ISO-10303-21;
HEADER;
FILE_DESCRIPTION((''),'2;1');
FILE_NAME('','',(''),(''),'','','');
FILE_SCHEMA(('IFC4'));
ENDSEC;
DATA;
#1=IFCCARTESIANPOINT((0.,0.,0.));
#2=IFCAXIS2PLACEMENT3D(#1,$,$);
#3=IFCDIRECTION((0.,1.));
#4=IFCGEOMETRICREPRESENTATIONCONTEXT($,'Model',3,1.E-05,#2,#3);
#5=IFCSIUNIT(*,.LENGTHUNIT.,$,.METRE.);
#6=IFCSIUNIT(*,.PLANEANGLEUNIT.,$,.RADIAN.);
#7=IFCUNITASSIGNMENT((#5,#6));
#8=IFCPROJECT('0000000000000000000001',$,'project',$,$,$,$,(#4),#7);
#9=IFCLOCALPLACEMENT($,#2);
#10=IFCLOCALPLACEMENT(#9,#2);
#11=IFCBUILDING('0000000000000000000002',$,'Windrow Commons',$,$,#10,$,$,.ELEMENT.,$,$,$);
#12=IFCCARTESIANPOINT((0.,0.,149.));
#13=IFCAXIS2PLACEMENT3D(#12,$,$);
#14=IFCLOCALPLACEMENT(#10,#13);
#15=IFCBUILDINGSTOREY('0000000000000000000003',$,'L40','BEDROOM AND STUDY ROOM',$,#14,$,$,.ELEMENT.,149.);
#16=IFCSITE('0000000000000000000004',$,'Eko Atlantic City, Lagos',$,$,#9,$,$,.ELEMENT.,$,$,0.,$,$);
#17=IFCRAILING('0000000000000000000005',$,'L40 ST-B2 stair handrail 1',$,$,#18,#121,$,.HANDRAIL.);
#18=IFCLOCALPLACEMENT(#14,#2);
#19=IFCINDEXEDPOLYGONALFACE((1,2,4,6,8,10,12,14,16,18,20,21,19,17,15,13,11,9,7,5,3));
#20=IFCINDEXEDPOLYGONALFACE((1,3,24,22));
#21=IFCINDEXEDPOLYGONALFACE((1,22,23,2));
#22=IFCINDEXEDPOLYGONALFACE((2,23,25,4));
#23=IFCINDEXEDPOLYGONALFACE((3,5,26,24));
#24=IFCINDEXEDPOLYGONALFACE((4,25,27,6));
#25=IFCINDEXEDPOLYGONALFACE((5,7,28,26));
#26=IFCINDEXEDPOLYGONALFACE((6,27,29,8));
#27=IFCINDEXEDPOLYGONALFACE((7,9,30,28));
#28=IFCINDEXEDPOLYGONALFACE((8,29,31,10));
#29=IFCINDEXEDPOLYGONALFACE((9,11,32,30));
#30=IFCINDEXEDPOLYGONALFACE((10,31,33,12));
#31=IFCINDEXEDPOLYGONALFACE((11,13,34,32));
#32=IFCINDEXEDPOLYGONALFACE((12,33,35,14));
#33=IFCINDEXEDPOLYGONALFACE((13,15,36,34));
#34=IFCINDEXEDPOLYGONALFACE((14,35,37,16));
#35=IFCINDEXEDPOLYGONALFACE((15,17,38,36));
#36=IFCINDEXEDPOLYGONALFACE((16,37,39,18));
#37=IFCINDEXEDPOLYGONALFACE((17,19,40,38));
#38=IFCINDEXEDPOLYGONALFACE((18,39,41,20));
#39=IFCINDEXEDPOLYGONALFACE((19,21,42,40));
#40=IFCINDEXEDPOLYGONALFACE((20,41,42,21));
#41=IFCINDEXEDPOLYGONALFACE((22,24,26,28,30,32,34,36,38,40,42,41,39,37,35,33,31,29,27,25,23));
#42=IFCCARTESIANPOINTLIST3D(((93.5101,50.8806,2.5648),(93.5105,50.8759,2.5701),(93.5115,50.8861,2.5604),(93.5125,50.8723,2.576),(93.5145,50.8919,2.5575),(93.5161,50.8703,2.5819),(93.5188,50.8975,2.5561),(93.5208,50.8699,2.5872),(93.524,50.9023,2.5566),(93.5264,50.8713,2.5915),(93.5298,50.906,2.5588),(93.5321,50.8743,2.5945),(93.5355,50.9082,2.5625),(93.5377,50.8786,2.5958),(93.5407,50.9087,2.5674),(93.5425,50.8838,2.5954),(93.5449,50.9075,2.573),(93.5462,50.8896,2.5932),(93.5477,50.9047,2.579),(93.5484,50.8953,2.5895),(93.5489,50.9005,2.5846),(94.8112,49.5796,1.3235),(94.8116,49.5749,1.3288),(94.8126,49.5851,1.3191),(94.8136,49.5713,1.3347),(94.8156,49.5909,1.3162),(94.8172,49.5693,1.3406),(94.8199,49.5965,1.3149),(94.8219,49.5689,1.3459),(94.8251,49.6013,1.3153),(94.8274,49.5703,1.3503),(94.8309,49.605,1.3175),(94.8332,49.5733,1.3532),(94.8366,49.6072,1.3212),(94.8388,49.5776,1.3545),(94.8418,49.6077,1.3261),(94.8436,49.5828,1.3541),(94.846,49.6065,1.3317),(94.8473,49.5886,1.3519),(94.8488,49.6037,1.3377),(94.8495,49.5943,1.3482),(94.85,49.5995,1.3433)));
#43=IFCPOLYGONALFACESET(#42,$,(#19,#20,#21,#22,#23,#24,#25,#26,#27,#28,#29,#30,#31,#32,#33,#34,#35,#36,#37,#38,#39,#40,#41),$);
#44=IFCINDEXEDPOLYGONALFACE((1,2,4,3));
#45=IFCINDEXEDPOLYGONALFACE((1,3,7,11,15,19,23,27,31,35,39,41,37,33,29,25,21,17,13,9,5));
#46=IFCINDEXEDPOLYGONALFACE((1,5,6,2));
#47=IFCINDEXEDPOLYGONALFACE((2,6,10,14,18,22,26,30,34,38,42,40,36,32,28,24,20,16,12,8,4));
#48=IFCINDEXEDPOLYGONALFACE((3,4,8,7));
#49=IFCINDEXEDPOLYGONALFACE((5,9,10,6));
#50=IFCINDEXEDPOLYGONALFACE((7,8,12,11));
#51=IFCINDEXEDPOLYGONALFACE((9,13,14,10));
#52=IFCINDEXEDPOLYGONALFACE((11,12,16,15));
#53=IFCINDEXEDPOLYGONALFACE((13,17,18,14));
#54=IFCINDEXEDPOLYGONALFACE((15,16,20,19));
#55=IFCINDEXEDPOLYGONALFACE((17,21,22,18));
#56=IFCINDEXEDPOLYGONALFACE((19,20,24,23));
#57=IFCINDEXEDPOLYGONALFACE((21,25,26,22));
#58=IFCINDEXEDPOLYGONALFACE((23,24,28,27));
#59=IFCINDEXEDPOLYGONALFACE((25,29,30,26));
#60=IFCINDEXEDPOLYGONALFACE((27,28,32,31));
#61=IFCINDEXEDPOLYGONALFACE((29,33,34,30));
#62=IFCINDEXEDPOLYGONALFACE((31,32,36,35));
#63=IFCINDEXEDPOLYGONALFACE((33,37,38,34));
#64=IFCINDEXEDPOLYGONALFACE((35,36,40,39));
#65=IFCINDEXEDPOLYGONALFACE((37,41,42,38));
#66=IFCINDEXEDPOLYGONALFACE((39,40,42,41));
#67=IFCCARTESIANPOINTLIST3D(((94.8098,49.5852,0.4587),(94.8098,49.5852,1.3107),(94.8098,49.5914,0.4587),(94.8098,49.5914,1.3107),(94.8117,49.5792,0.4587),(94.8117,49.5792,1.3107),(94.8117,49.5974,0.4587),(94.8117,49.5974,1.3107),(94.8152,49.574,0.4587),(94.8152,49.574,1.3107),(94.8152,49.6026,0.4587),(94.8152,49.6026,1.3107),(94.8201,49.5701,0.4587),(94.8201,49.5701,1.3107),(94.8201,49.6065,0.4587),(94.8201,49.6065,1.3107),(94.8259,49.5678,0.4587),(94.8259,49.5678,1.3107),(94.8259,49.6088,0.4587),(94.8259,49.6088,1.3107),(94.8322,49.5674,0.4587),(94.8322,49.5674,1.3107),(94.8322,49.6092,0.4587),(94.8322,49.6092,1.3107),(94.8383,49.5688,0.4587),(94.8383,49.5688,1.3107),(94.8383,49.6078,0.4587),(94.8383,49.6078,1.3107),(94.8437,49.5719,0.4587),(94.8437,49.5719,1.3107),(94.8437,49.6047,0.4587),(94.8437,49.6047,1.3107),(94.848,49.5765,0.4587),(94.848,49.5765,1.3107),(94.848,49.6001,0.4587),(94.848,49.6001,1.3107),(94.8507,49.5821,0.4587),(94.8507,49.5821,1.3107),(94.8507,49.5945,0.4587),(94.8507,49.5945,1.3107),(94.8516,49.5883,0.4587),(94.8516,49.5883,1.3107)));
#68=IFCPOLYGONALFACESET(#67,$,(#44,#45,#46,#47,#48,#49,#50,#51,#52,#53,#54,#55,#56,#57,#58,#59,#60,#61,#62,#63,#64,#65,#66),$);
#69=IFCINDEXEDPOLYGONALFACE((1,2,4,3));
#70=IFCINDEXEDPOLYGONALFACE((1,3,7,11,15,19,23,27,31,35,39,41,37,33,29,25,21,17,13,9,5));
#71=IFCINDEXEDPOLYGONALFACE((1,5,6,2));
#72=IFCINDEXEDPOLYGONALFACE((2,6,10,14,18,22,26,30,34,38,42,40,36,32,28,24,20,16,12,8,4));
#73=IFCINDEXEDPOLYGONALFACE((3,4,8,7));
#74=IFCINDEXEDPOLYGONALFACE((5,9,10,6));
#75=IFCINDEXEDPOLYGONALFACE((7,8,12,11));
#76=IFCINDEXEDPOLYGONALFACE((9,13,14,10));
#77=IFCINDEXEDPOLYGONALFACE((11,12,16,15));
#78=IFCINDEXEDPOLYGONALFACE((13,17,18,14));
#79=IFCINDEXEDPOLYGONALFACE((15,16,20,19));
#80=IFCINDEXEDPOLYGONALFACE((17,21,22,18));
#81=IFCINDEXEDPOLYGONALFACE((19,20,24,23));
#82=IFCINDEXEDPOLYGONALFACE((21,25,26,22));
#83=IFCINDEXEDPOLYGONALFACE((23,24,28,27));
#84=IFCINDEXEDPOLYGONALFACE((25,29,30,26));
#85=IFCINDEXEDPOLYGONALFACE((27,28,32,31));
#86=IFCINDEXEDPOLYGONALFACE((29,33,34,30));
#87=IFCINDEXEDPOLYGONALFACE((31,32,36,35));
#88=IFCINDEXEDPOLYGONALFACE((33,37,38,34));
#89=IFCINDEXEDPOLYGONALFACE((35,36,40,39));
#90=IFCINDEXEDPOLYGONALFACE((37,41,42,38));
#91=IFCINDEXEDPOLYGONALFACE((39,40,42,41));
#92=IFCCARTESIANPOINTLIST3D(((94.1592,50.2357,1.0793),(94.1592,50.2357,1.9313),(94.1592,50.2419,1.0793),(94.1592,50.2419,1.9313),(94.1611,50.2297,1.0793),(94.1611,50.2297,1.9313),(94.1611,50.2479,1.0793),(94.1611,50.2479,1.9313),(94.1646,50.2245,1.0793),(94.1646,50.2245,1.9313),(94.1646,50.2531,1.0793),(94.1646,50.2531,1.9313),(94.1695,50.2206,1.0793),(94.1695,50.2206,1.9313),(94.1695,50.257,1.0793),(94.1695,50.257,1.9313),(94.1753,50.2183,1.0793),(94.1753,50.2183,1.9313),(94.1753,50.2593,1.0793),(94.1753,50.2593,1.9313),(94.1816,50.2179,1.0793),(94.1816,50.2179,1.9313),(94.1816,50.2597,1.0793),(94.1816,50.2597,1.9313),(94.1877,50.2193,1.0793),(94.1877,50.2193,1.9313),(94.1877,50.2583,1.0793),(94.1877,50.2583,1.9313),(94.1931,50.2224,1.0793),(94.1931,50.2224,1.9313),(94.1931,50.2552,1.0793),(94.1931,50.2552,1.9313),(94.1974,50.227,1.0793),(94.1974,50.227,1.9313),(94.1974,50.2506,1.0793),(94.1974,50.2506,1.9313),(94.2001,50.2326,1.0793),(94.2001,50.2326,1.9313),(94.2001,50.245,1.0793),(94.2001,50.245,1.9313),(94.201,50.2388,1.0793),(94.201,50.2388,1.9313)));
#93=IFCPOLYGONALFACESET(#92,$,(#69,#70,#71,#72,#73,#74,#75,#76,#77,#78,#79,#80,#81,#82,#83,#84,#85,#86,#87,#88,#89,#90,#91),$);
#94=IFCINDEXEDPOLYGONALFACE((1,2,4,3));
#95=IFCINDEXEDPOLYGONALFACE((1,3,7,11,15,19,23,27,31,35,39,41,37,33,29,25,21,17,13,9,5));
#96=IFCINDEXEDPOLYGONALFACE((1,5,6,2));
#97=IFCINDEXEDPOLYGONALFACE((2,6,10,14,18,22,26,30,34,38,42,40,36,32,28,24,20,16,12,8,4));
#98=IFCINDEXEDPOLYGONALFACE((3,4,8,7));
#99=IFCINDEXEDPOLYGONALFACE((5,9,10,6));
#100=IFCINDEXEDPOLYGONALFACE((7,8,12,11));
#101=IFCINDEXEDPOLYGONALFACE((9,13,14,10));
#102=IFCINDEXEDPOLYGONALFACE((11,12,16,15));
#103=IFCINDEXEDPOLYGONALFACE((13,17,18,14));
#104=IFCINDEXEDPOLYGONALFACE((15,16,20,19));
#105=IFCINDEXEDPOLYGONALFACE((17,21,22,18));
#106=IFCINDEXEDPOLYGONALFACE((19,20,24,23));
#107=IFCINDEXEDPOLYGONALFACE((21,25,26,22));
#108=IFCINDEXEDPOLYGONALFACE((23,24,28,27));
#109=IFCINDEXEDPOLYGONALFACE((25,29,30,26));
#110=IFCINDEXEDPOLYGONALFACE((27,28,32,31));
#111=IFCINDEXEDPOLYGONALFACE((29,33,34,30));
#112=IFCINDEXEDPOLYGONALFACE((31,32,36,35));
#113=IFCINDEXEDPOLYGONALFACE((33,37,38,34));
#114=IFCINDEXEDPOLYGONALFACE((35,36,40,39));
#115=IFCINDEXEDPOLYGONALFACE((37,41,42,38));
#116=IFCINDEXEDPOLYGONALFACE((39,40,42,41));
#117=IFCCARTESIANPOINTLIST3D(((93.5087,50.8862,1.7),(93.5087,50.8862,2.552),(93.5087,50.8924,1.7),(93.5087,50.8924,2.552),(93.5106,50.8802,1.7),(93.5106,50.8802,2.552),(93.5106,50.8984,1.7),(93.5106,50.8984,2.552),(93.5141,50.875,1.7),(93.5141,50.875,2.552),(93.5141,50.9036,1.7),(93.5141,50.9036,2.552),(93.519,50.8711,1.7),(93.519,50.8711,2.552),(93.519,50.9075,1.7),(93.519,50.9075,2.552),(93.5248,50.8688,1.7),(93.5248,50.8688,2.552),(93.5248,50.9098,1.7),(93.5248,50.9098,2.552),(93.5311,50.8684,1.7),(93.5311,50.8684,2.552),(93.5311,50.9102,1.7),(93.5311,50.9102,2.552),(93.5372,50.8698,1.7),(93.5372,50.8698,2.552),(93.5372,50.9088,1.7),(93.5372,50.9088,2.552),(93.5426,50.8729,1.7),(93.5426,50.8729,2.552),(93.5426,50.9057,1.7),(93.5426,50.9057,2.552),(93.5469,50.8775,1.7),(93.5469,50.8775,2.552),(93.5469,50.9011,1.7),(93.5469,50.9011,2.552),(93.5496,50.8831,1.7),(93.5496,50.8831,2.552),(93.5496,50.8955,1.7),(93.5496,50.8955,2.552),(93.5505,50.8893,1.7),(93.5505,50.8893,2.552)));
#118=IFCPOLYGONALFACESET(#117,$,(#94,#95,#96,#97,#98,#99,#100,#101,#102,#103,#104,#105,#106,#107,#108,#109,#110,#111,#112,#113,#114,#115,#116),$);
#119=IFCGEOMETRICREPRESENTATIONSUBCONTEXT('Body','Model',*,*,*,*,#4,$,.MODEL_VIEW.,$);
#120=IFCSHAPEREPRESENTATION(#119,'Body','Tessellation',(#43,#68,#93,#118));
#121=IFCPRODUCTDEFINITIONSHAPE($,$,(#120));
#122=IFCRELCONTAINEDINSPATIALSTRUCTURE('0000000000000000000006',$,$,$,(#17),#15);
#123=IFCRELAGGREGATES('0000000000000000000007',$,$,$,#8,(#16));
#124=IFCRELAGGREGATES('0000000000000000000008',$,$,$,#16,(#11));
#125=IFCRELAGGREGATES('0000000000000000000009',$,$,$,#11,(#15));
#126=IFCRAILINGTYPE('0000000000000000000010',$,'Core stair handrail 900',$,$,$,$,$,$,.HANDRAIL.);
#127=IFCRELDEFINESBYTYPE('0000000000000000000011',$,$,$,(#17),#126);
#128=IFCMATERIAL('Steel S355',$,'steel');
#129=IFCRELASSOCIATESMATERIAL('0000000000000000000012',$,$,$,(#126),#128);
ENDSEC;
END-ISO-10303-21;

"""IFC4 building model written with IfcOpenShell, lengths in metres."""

from ifc_helpers import new_model, si_unit, direction, frame, origin, origin_2d, place, context, subcontext, project, spatial, circle, extrude, material, type_object, element, save


model = new_model("IFC4")

# Units and contexts
model_context = context("Model", 3, precision=1e-05, world=origin(), true_north=direction((0.0, 1.0)))
body_context = subcontext(model_context, "Body", "Model", "MODEL_VIEW")
ifc_project = project(units=[si_unit("LENGTHUNIT", "METRE"), si_unit("PLANEANGLEUNIT", "RADIAN")], contexts=[model_context])

# Site, building, storey
site_placement = place(None, origin())
site = spatial("IfcSite", under=ifc_project, at=site_placement, Name="Eko Atlantic City, Lagos", CompositionType="ELEMENT", RefElevation=0.0)
building_placement = place(site_placement, origin())
building = spatial("IfcBuilding", under=site, at=building_placement, Name="Windrow Commons", CompositionType="ELEMENT")
storey_placement = place(building_placement, frame((0.0, 0.0, 149.0)))
storey = spatial("IfcBuildingStorey", under=building, at=storey_placement, Name="L40", Description="BEDROOM AND STUDY ROOM", CompositionType="ELEMENT", Elevation=149.0)

# Railing
ifc_material_1 = material(Name="Steel S355", Category="steel")
railing_type_1 = type_object("IfcRailingType", Name="Core stair handrail 900", PredefinedType="HANDRAIL", material=ifc_material_1)
railing_1_placement = place(storey_placement, frame((94.8306, 49.5883, 0.4587)))
element("IfcRailing", 1, at=railing_1_placement, inside=storey, type_object=railing_type_1, Name="L40 ST-B2 stair handrail 1", PredefinedType="HANDRAIL", context=body_context, shape_type="SweptSolid", body=[
    extrude(circle(Radius=0.024, at=origin_2d()), frame((0.0, 0.0, 0.876), z_axis=(-0.586207, 0.586162, 0.559264), x_axis=(-0.70708, -0.707134, 0.0)), (0.0, 0.0, 1.0), 2.2195),
    extrude(circle(Radius=0.021, at=origin_2d()), origin(), (0.0, 0.0, 1.0), 0.852),
    extrude(circle(Radius=0.021, at=origin_2d()), frame((-0.6506, 0.6505, 0.6206)), (0.0, 0.0, 1.0), 0.852),
    extrude(circle(Radius=0.021, at=origin_2d()), frame((-1.3011, 1.301, 1.2413)), (0.0, 0.0, 1.0), 0.852),
])

save(model, "model.ifc")
